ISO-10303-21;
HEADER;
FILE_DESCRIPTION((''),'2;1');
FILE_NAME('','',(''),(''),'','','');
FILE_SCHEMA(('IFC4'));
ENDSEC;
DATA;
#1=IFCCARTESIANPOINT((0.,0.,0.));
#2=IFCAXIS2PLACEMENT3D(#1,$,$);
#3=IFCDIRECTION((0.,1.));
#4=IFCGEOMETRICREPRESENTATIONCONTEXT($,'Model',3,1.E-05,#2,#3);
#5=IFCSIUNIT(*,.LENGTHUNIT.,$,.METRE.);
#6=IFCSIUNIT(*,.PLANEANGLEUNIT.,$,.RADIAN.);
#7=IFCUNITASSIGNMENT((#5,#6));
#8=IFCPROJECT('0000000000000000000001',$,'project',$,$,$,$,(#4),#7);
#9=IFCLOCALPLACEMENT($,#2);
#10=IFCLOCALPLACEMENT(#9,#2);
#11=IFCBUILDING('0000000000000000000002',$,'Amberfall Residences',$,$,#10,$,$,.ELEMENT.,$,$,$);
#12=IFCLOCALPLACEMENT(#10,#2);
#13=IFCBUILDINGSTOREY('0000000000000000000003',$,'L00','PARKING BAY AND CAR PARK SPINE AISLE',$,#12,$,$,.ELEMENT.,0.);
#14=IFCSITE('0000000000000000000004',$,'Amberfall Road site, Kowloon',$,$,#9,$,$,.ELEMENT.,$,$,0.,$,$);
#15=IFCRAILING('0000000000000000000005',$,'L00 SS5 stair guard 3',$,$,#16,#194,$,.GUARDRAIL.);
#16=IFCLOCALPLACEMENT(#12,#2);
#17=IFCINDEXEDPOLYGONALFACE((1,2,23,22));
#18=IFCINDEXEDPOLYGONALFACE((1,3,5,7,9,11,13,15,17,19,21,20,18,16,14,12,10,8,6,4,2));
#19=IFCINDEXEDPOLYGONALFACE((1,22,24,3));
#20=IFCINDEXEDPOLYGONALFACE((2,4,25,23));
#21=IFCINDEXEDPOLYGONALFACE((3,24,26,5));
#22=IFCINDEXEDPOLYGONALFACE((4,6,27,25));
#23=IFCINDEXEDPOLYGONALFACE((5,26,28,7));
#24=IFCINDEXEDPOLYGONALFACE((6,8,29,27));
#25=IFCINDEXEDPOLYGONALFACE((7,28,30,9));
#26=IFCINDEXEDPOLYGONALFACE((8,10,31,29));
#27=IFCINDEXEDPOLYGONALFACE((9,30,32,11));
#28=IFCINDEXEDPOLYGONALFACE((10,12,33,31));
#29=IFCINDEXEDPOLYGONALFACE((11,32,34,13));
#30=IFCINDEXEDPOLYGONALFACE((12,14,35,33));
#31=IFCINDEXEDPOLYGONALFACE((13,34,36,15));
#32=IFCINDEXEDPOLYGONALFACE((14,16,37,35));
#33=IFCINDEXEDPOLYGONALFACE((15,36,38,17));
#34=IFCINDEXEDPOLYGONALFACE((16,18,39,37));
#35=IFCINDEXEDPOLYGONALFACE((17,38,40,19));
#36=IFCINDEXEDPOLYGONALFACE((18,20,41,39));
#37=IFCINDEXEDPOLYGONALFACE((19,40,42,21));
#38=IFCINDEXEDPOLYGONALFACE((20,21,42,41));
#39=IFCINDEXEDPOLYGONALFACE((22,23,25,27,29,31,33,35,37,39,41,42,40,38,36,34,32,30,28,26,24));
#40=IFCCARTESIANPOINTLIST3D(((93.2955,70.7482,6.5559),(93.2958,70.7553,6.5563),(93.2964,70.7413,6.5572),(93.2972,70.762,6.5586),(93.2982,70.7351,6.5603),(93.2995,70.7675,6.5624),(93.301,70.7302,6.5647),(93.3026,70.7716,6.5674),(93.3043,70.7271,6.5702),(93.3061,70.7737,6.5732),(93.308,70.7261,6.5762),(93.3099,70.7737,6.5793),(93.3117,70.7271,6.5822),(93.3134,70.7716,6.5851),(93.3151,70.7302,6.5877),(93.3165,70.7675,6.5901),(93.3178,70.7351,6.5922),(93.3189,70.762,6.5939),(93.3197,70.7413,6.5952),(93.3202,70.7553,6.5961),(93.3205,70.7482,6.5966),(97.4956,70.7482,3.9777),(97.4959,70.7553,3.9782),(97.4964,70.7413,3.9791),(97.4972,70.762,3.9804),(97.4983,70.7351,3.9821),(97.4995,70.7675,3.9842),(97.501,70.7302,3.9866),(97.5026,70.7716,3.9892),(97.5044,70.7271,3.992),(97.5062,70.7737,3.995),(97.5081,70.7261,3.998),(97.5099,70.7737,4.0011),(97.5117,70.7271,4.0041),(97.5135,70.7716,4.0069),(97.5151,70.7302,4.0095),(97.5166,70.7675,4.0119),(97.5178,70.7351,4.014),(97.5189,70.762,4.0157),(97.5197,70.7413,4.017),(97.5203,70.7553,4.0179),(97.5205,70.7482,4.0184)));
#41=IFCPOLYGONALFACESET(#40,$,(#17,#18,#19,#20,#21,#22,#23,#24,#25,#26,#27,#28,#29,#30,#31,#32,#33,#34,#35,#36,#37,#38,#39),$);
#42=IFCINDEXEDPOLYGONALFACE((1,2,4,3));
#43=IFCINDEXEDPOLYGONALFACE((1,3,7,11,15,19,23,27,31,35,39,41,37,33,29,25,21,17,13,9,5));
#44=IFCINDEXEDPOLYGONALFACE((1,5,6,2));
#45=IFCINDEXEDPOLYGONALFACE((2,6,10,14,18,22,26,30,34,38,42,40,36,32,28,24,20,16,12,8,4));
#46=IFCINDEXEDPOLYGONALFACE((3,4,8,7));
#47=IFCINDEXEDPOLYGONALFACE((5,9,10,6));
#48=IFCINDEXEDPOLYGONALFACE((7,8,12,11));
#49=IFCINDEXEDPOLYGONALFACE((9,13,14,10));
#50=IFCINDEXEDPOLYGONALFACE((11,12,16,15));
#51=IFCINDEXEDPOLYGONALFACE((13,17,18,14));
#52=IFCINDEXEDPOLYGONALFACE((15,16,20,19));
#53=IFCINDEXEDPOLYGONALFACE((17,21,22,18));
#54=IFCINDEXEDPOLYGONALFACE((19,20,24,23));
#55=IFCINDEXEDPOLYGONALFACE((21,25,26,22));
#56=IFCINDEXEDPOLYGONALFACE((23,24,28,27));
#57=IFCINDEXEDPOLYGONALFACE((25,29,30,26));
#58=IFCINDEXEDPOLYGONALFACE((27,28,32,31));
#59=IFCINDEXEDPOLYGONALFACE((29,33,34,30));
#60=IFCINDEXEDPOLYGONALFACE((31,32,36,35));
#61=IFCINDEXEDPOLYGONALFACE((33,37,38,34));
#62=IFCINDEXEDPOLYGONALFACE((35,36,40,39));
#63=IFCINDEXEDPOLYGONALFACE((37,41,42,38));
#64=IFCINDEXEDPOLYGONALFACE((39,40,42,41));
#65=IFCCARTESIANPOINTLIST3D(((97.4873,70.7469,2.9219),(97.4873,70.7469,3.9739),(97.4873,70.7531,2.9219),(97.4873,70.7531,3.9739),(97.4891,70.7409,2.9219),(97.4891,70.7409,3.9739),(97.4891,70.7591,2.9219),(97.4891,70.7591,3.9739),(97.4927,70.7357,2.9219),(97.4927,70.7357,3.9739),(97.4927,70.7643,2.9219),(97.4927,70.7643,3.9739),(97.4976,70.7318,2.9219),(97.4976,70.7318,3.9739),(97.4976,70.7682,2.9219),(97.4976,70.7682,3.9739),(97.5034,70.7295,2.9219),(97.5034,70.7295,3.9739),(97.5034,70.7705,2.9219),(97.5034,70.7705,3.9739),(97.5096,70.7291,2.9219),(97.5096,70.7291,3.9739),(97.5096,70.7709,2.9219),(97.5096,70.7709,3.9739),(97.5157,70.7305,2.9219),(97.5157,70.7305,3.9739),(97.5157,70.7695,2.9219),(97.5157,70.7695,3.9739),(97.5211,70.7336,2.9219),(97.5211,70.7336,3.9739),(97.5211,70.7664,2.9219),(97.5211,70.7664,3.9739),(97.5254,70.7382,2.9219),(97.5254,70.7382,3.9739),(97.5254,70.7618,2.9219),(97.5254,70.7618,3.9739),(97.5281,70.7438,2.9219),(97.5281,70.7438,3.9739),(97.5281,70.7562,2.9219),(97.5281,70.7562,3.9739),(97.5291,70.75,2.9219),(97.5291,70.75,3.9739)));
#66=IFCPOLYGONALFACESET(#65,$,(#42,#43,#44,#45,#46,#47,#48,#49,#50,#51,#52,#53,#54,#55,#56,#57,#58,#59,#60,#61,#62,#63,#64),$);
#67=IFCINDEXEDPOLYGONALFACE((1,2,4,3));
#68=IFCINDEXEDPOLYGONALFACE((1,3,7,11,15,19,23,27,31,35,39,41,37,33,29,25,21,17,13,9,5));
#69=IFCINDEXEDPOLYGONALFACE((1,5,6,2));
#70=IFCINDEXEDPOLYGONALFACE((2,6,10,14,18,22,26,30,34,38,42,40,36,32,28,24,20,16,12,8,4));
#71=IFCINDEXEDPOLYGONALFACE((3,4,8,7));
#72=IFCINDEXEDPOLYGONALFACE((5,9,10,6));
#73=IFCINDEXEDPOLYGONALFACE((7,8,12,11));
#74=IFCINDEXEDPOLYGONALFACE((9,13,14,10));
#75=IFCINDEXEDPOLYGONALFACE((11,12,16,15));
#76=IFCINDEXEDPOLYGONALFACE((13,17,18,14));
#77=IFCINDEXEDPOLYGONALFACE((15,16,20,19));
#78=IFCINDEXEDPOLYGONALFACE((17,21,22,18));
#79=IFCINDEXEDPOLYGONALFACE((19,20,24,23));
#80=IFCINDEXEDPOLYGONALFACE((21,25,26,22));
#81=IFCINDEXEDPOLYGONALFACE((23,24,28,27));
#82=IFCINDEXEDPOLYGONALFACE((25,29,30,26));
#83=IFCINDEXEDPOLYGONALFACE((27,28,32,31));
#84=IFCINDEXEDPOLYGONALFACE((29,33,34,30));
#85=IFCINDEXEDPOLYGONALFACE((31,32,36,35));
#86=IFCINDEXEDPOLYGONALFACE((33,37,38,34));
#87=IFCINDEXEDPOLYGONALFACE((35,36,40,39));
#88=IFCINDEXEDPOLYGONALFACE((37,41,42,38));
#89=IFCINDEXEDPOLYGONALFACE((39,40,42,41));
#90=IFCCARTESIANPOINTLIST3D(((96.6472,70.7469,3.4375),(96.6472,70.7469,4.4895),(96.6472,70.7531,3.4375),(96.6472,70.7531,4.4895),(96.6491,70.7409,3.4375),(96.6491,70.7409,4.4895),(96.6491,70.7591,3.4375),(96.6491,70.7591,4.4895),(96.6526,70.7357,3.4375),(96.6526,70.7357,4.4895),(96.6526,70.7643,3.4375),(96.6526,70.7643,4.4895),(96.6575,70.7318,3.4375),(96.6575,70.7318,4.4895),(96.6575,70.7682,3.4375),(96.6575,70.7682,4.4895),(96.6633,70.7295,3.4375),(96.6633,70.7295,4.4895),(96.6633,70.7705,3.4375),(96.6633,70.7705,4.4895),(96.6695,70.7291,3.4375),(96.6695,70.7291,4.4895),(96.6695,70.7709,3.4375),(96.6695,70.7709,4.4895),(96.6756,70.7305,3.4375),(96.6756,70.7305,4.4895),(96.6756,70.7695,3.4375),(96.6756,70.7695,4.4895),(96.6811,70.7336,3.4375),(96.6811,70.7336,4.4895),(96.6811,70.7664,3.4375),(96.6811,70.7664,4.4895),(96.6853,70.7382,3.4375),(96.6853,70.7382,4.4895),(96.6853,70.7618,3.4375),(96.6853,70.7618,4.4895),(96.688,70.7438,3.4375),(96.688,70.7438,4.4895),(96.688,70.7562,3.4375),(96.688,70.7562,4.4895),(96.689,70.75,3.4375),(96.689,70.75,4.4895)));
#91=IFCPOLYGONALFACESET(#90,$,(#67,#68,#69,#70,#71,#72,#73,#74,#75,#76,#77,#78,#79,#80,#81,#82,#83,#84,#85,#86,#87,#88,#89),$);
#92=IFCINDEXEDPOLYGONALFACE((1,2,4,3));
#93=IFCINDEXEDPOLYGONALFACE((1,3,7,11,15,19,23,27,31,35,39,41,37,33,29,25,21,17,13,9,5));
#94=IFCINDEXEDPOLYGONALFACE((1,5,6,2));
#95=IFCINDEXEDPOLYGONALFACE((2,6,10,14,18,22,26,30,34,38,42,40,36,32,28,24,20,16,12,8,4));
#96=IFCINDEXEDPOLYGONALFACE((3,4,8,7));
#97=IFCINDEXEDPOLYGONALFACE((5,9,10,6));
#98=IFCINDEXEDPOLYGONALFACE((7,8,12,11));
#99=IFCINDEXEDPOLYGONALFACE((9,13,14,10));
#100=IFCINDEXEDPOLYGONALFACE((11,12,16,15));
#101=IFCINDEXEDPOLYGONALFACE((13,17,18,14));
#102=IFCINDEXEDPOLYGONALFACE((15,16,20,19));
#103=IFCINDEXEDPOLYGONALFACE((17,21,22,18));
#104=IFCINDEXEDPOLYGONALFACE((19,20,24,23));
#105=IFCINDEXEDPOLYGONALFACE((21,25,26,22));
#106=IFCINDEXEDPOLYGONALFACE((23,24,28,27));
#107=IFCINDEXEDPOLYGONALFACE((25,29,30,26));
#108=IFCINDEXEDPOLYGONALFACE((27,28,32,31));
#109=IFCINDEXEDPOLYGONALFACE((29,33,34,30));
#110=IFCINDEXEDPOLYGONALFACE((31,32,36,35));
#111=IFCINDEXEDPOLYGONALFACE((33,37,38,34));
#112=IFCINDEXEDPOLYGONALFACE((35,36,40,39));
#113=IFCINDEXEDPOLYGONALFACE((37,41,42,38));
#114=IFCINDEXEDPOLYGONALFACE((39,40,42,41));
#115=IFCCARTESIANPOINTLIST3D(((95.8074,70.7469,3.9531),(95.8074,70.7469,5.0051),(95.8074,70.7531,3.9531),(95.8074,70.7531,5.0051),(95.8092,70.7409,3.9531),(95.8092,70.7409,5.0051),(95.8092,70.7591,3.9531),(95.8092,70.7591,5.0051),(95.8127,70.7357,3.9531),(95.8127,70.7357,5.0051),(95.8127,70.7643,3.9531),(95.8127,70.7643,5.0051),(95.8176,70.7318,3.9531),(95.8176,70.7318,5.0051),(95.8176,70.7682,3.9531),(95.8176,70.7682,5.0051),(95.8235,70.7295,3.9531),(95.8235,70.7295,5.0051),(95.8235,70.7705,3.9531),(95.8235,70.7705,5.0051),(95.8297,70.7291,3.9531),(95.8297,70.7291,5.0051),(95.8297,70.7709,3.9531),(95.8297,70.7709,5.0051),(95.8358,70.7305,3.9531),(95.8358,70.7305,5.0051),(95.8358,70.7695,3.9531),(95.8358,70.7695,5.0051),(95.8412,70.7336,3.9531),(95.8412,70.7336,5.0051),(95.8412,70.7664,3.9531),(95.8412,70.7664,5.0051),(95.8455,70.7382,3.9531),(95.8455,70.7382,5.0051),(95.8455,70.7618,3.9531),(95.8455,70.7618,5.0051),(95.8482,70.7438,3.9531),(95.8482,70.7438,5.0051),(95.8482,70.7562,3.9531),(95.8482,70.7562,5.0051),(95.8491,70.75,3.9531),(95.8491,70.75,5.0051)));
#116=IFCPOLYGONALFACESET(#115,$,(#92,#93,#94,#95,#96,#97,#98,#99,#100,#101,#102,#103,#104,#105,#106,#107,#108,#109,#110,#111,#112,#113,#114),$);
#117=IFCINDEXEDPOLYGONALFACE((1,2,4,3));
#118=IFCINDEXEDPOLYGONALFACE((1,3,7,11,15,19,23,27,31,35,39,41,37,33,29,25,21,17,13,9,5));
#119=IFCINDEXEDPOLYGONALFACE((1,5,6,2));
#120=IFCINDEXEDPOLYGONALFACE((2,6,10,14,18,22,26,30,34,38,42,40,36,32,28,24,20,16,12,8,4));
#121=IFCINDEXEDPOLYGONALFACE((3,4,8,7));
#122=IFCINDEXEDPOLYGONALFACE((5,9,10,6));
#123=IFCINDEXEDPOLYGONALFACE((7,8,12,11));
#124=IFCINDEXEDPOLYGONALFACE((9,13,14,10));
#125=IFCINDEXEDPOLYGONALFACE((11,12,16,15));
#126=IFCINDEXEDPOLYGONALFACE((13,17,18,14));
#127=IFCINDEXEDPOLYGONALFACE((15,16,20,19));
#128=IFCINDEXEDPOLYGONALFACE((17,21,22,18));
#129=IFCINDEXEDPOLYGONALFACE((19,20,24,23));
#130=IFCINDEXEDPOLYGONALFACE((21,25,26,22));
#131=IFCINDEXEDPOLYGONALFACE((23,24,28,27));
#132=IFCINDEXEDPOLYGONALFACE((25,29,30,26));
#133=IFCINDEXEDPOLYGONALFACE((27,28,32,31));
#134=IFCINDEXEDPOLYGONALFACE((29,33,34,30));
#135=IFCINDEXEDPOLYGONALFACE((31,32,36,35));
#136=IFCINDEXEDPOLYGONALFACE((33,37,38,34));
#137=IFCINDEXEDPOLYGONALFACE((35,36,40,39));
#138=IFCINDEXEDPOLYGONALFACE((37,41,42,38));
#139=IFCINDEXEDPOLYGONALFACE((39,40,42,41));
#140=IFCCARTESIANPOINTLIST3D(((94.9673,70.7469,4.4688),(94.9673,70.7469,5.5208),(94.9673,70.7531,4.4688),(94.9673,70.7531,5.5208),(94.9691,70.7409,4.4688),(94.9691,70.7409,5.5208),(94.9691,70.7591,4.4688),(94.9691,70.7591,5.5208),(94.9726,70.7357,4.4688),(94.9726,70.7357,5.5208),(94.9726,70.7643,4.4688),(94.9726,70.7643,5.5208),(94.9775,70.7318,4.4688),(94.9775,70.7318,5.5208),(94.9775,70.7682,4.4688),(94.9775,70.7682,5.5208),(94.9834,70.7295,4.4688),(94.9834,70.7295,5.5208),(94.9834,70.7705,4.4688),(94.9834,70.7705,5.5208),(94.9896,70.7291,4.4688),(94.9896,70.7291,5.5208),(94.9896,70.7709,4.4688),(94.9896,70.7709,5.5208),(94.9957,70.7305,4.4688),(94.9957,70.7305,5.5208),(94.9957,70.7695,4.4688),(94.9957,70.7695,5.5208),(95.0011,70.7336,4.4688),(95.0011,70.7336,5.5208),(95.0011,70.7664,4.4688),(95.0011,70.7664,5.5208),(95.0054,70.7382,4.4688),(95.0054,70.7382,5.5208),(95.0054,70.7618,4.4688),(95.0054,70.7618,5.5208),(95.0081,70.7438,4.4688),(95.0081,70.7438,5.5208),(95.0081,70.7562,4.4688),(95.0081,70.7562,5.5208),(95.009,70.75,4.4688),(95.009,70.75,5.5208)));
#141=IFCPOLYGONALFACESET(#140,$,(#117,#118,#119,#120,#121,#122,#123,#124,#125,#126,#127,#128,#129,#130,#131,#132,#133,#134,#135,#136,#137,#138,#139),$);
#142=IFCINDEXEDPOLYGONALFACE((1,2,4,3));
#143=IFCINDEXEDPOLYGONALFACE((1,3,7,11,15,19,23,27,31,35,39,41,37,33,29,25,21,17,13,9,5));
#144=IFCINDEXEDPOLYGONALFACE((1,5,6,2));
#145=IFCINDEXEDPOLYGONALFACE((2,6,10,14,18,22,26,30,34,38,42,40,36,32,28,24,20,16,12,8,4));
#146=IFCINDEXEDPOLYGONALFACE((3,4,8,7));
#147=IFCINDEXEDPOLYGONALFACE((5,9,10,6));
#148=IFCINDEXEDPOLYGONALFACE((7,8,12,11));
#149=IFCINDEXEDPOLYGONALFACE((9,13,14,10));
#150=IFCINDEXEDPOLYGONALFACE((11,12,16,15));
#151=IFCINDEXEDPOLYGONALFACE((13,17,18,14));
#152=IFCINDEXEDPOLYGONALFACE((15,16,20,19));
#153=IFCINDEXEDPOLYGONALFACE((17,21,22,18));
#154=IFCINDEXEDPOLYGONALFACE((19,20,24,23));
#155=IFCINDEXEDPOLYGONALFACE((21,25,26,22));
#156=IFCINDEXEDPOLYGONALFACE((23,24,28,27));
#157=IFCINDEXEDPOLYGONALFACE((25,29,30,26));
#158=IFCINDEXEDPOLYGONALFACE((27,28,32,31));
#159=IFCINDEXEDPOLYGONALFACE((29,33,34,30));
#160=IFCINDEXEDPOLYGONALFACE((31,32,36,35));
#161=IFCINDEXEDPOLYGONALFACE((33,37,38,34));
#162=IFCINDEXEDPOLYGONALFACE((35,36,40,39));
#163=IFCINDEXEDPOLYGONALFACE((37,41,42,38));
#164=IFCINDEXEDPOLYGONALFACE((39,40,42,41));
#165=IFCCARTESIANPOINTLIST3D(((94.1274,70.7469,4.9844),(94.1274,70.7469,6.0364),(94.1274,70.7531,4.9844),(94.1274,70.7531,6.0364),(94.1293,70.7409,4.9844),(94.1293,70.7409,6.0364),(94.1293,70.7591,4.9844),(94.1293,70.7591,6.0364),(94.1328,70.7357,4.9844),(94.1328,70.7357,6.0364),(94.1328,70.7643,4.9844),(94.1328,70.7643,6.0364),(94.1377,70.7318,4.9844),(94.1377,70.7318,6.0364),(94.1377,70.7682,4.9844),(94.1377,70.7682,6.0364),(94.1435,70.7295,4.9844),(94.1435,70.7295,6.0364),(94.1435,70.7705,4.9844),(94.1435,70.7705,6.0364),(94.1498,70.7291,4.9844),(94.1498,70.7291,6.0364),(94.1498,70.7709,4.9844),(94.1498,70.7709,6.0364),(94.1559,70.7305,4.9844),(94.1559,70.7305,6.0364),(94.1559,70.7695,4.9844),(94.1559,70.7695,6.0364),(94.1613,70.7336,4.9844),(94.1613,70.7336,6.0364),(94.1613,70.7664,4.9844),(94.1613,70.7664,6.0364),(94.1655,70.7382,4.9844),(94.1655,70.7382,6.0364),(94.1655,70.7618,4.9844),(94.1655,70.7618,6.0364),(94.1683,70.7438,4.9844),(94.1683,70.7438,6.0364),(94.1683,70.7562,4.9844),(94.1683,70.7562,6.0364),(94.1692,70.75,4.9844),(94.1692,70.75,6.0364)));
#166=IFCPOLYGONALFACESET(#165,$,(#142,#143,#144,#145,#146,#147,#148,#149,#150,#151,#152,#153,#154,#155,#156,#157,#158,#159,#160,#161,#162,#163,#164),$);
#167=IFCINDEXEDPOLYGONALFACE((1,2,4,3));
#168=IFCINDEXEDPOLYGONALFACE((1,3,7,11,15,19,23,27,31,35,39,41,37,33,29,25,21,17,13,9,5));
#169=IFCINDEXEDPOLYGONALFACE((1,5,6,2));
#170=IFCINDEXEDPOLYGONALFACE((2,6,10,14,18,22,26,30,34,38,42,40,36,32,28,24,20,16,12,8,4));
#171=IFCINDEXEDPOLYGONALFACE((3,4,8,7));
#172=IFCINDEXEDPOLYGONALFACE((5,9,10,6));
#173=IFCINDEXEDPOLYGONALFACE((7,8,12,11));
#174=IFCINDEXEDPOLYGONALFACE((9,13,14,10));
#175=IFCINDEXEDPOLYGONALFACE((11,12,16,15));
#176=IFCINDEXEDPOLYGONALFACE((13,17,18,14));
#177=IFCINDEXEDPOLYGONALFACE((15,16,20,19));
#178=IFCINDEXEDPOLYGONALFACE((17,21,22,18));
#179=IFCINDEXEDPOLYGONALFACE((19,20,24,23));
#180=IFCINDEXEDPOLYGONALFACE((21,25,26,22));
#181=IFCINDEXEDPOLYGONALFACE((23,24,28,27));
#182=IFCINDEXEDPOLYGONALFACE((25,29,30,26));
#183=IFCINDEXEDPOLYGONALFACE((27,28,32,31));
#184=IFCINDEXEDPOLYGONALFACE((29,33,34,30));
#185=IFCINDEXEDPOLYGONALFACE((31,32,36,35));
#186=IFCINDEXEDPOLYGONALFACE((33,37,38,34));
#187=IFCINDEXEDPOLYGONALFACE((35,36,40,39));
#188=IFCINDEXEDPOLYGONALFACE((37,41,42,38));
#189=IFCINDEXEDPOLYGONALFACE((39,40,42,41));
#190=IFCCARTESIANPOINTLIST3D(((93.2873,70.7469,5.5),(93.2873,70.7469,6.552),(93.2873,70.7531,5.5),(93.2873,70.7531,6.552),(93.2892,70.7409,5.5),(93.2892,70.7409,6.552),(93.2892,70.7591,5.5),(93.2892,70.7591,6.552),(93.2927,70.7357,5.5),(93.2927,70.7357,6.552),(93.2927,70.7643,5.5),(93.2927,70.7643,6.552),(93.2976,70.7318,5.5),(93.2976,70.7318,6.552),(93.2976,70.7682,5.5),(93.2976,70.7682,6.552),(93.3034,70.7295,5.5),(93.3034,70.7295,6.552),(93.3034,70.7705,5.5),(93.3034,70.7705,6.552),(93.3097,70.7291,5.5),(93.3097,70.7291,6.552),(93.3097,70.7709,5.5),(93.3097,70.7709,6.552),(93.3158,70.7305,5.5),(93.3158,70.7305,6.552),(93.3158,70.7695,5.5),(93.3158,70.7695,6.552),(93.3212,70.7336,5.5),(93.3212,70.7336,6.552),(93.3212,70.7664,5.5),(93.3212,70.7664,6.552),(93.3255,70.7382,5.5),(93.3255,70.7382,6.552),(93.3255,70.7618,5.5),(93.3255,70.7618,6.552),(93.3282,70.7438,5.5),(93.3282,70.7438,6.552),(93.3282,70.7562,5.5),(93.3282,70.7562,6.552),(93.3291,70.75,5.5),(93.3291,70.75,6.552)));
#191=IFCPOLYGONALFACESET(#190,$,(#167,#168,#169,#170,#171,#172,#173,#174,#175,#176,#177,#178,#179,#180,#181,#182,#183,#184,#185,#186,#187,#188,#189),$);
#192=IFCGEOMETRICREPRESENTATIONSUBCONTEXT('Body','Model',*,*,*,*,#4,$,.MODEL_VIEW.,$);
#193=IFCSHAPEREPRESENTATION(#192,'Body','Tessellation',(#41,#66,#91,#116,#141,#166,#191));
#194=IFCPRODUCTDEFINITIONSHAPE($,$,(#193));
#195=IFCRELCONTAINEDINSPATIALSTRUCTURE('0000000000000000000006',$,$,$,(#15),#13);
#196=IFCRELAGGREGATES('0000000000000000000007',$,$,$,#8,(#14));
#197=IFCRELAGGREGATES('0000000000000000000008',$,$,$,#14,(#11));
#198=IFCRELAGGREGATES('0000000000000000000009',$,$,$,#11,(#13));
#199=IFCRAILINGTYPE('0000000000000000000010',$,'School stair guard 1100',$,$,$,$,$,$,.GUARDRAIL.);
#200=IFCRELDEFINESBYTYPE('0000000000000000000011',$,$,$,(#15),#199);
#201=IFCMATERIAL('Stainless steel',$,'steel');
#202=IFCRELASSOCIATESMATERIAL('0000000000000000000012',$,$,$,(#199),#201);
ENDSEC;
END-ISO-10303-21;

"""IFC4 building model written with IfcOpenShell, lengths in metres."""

from ifc_helpers import new_model, si_unit, direction, frame, origin, origin_2d, place, context, subcontext, project, spatial, circle, extrude, material, type_object, element, save


model = new_model("IFC4")

# Units and contexts
model_context = context("Model", 3, precision=1e-05, world=origin(), true_north=direction((0.0, 1.0)))
body_context = subcontext(model_context, "Body", "Model", "MODEL_VIEW")
ifc_project = project(units=[si_unit("LENGTHUNIT", "METRE"), si_unit("PLANEANGLEUNIT", "RADIAN")], contexts=[model_context])

# Site, building, storey
site_placement = place(None, origin())
site = spatial("IfcSite", under=ifc_project, at=site_placement, Name="Amberfall Road site, Kowloon", CompositionType="ELEMENT", RefElevation=0.0)
building_placement = place(site_placement, origin())
building = spatial("IfcBuilding", under=site, at=building_placement, Name="Amberfall Residences", CompositionType="ELEMENT")
storey_placement = place(building_placement, origin())
storey = spatial("IfcBuildingStorey", under=building, at=storey_placement, Name="L00", Description="PARKING BAY AND CAR PARK SPINE AISLE", CompositionType="ELEMENT", Elevation=0.0)

# Railing
ifc_material_1 = material(Name="Stainless steel", Category="steel")
railing_type_1 = type_object("IfcRailingType", Name="School stair guard 1100", PredefinedType="GUARDRAIL", material=ifc_material_1)
railing_1_placement = place(storey_placement, frame((97.5081, 70.75, 2.9219)))
element("IfcRailing", 1, at=railing_1_placement, inside=storey, type_object=railing_type_1, Name="L00 SS5 stair guard 3", PredefinedType="GUARDRAIL", context=body_context, shape_type="SweptSolid", body=[
    extrude(circle(Radius=0.0239, at=origin_2d()), frame((0.0, 0.0, 1.0762), z_axis=(-0.852243, 0.0, 0.523146), x_axis=(0.0, -1.0, 0.0)), (0.0, 0.0, 1.0), 4.9282),
    extrude(circle(Radius=0.021, at=origin_2d()), origin(), (0.0, 0.0, 1.0), 1.052),
    extrude(circle(Radius=0.021, at=origin_2d()), frame((-0.8401, 0.0, 0.5156)), (0.0, 0.0, 1.0), 1.052),
    extrude(circle(Radius=0.021, at=origin_2d()), frame((-1.6799, 0.0, 1.0312)), (0.0, 0.0, 1.0), 1.052),
    extrude(circle(Radius=0.021, at=origin_2d()), frame((-2.52, 0.0, 1.5469)), (0.0, 0.0, 1.0), 1.052),
    extrude(circle(Radius=0.021, at=origin_2d()), frame((-3.3599, 0.0, 2.0625)), (0.0, 0.0, 1.0), 1.052),
    extrude(circle(Radius=0.021, at=origin_2d()), frame((-4.2, 0.0, 2.5781)), (0.0, 0.0, 1.0), 1.052),
])

save(model, "model.ifc")
